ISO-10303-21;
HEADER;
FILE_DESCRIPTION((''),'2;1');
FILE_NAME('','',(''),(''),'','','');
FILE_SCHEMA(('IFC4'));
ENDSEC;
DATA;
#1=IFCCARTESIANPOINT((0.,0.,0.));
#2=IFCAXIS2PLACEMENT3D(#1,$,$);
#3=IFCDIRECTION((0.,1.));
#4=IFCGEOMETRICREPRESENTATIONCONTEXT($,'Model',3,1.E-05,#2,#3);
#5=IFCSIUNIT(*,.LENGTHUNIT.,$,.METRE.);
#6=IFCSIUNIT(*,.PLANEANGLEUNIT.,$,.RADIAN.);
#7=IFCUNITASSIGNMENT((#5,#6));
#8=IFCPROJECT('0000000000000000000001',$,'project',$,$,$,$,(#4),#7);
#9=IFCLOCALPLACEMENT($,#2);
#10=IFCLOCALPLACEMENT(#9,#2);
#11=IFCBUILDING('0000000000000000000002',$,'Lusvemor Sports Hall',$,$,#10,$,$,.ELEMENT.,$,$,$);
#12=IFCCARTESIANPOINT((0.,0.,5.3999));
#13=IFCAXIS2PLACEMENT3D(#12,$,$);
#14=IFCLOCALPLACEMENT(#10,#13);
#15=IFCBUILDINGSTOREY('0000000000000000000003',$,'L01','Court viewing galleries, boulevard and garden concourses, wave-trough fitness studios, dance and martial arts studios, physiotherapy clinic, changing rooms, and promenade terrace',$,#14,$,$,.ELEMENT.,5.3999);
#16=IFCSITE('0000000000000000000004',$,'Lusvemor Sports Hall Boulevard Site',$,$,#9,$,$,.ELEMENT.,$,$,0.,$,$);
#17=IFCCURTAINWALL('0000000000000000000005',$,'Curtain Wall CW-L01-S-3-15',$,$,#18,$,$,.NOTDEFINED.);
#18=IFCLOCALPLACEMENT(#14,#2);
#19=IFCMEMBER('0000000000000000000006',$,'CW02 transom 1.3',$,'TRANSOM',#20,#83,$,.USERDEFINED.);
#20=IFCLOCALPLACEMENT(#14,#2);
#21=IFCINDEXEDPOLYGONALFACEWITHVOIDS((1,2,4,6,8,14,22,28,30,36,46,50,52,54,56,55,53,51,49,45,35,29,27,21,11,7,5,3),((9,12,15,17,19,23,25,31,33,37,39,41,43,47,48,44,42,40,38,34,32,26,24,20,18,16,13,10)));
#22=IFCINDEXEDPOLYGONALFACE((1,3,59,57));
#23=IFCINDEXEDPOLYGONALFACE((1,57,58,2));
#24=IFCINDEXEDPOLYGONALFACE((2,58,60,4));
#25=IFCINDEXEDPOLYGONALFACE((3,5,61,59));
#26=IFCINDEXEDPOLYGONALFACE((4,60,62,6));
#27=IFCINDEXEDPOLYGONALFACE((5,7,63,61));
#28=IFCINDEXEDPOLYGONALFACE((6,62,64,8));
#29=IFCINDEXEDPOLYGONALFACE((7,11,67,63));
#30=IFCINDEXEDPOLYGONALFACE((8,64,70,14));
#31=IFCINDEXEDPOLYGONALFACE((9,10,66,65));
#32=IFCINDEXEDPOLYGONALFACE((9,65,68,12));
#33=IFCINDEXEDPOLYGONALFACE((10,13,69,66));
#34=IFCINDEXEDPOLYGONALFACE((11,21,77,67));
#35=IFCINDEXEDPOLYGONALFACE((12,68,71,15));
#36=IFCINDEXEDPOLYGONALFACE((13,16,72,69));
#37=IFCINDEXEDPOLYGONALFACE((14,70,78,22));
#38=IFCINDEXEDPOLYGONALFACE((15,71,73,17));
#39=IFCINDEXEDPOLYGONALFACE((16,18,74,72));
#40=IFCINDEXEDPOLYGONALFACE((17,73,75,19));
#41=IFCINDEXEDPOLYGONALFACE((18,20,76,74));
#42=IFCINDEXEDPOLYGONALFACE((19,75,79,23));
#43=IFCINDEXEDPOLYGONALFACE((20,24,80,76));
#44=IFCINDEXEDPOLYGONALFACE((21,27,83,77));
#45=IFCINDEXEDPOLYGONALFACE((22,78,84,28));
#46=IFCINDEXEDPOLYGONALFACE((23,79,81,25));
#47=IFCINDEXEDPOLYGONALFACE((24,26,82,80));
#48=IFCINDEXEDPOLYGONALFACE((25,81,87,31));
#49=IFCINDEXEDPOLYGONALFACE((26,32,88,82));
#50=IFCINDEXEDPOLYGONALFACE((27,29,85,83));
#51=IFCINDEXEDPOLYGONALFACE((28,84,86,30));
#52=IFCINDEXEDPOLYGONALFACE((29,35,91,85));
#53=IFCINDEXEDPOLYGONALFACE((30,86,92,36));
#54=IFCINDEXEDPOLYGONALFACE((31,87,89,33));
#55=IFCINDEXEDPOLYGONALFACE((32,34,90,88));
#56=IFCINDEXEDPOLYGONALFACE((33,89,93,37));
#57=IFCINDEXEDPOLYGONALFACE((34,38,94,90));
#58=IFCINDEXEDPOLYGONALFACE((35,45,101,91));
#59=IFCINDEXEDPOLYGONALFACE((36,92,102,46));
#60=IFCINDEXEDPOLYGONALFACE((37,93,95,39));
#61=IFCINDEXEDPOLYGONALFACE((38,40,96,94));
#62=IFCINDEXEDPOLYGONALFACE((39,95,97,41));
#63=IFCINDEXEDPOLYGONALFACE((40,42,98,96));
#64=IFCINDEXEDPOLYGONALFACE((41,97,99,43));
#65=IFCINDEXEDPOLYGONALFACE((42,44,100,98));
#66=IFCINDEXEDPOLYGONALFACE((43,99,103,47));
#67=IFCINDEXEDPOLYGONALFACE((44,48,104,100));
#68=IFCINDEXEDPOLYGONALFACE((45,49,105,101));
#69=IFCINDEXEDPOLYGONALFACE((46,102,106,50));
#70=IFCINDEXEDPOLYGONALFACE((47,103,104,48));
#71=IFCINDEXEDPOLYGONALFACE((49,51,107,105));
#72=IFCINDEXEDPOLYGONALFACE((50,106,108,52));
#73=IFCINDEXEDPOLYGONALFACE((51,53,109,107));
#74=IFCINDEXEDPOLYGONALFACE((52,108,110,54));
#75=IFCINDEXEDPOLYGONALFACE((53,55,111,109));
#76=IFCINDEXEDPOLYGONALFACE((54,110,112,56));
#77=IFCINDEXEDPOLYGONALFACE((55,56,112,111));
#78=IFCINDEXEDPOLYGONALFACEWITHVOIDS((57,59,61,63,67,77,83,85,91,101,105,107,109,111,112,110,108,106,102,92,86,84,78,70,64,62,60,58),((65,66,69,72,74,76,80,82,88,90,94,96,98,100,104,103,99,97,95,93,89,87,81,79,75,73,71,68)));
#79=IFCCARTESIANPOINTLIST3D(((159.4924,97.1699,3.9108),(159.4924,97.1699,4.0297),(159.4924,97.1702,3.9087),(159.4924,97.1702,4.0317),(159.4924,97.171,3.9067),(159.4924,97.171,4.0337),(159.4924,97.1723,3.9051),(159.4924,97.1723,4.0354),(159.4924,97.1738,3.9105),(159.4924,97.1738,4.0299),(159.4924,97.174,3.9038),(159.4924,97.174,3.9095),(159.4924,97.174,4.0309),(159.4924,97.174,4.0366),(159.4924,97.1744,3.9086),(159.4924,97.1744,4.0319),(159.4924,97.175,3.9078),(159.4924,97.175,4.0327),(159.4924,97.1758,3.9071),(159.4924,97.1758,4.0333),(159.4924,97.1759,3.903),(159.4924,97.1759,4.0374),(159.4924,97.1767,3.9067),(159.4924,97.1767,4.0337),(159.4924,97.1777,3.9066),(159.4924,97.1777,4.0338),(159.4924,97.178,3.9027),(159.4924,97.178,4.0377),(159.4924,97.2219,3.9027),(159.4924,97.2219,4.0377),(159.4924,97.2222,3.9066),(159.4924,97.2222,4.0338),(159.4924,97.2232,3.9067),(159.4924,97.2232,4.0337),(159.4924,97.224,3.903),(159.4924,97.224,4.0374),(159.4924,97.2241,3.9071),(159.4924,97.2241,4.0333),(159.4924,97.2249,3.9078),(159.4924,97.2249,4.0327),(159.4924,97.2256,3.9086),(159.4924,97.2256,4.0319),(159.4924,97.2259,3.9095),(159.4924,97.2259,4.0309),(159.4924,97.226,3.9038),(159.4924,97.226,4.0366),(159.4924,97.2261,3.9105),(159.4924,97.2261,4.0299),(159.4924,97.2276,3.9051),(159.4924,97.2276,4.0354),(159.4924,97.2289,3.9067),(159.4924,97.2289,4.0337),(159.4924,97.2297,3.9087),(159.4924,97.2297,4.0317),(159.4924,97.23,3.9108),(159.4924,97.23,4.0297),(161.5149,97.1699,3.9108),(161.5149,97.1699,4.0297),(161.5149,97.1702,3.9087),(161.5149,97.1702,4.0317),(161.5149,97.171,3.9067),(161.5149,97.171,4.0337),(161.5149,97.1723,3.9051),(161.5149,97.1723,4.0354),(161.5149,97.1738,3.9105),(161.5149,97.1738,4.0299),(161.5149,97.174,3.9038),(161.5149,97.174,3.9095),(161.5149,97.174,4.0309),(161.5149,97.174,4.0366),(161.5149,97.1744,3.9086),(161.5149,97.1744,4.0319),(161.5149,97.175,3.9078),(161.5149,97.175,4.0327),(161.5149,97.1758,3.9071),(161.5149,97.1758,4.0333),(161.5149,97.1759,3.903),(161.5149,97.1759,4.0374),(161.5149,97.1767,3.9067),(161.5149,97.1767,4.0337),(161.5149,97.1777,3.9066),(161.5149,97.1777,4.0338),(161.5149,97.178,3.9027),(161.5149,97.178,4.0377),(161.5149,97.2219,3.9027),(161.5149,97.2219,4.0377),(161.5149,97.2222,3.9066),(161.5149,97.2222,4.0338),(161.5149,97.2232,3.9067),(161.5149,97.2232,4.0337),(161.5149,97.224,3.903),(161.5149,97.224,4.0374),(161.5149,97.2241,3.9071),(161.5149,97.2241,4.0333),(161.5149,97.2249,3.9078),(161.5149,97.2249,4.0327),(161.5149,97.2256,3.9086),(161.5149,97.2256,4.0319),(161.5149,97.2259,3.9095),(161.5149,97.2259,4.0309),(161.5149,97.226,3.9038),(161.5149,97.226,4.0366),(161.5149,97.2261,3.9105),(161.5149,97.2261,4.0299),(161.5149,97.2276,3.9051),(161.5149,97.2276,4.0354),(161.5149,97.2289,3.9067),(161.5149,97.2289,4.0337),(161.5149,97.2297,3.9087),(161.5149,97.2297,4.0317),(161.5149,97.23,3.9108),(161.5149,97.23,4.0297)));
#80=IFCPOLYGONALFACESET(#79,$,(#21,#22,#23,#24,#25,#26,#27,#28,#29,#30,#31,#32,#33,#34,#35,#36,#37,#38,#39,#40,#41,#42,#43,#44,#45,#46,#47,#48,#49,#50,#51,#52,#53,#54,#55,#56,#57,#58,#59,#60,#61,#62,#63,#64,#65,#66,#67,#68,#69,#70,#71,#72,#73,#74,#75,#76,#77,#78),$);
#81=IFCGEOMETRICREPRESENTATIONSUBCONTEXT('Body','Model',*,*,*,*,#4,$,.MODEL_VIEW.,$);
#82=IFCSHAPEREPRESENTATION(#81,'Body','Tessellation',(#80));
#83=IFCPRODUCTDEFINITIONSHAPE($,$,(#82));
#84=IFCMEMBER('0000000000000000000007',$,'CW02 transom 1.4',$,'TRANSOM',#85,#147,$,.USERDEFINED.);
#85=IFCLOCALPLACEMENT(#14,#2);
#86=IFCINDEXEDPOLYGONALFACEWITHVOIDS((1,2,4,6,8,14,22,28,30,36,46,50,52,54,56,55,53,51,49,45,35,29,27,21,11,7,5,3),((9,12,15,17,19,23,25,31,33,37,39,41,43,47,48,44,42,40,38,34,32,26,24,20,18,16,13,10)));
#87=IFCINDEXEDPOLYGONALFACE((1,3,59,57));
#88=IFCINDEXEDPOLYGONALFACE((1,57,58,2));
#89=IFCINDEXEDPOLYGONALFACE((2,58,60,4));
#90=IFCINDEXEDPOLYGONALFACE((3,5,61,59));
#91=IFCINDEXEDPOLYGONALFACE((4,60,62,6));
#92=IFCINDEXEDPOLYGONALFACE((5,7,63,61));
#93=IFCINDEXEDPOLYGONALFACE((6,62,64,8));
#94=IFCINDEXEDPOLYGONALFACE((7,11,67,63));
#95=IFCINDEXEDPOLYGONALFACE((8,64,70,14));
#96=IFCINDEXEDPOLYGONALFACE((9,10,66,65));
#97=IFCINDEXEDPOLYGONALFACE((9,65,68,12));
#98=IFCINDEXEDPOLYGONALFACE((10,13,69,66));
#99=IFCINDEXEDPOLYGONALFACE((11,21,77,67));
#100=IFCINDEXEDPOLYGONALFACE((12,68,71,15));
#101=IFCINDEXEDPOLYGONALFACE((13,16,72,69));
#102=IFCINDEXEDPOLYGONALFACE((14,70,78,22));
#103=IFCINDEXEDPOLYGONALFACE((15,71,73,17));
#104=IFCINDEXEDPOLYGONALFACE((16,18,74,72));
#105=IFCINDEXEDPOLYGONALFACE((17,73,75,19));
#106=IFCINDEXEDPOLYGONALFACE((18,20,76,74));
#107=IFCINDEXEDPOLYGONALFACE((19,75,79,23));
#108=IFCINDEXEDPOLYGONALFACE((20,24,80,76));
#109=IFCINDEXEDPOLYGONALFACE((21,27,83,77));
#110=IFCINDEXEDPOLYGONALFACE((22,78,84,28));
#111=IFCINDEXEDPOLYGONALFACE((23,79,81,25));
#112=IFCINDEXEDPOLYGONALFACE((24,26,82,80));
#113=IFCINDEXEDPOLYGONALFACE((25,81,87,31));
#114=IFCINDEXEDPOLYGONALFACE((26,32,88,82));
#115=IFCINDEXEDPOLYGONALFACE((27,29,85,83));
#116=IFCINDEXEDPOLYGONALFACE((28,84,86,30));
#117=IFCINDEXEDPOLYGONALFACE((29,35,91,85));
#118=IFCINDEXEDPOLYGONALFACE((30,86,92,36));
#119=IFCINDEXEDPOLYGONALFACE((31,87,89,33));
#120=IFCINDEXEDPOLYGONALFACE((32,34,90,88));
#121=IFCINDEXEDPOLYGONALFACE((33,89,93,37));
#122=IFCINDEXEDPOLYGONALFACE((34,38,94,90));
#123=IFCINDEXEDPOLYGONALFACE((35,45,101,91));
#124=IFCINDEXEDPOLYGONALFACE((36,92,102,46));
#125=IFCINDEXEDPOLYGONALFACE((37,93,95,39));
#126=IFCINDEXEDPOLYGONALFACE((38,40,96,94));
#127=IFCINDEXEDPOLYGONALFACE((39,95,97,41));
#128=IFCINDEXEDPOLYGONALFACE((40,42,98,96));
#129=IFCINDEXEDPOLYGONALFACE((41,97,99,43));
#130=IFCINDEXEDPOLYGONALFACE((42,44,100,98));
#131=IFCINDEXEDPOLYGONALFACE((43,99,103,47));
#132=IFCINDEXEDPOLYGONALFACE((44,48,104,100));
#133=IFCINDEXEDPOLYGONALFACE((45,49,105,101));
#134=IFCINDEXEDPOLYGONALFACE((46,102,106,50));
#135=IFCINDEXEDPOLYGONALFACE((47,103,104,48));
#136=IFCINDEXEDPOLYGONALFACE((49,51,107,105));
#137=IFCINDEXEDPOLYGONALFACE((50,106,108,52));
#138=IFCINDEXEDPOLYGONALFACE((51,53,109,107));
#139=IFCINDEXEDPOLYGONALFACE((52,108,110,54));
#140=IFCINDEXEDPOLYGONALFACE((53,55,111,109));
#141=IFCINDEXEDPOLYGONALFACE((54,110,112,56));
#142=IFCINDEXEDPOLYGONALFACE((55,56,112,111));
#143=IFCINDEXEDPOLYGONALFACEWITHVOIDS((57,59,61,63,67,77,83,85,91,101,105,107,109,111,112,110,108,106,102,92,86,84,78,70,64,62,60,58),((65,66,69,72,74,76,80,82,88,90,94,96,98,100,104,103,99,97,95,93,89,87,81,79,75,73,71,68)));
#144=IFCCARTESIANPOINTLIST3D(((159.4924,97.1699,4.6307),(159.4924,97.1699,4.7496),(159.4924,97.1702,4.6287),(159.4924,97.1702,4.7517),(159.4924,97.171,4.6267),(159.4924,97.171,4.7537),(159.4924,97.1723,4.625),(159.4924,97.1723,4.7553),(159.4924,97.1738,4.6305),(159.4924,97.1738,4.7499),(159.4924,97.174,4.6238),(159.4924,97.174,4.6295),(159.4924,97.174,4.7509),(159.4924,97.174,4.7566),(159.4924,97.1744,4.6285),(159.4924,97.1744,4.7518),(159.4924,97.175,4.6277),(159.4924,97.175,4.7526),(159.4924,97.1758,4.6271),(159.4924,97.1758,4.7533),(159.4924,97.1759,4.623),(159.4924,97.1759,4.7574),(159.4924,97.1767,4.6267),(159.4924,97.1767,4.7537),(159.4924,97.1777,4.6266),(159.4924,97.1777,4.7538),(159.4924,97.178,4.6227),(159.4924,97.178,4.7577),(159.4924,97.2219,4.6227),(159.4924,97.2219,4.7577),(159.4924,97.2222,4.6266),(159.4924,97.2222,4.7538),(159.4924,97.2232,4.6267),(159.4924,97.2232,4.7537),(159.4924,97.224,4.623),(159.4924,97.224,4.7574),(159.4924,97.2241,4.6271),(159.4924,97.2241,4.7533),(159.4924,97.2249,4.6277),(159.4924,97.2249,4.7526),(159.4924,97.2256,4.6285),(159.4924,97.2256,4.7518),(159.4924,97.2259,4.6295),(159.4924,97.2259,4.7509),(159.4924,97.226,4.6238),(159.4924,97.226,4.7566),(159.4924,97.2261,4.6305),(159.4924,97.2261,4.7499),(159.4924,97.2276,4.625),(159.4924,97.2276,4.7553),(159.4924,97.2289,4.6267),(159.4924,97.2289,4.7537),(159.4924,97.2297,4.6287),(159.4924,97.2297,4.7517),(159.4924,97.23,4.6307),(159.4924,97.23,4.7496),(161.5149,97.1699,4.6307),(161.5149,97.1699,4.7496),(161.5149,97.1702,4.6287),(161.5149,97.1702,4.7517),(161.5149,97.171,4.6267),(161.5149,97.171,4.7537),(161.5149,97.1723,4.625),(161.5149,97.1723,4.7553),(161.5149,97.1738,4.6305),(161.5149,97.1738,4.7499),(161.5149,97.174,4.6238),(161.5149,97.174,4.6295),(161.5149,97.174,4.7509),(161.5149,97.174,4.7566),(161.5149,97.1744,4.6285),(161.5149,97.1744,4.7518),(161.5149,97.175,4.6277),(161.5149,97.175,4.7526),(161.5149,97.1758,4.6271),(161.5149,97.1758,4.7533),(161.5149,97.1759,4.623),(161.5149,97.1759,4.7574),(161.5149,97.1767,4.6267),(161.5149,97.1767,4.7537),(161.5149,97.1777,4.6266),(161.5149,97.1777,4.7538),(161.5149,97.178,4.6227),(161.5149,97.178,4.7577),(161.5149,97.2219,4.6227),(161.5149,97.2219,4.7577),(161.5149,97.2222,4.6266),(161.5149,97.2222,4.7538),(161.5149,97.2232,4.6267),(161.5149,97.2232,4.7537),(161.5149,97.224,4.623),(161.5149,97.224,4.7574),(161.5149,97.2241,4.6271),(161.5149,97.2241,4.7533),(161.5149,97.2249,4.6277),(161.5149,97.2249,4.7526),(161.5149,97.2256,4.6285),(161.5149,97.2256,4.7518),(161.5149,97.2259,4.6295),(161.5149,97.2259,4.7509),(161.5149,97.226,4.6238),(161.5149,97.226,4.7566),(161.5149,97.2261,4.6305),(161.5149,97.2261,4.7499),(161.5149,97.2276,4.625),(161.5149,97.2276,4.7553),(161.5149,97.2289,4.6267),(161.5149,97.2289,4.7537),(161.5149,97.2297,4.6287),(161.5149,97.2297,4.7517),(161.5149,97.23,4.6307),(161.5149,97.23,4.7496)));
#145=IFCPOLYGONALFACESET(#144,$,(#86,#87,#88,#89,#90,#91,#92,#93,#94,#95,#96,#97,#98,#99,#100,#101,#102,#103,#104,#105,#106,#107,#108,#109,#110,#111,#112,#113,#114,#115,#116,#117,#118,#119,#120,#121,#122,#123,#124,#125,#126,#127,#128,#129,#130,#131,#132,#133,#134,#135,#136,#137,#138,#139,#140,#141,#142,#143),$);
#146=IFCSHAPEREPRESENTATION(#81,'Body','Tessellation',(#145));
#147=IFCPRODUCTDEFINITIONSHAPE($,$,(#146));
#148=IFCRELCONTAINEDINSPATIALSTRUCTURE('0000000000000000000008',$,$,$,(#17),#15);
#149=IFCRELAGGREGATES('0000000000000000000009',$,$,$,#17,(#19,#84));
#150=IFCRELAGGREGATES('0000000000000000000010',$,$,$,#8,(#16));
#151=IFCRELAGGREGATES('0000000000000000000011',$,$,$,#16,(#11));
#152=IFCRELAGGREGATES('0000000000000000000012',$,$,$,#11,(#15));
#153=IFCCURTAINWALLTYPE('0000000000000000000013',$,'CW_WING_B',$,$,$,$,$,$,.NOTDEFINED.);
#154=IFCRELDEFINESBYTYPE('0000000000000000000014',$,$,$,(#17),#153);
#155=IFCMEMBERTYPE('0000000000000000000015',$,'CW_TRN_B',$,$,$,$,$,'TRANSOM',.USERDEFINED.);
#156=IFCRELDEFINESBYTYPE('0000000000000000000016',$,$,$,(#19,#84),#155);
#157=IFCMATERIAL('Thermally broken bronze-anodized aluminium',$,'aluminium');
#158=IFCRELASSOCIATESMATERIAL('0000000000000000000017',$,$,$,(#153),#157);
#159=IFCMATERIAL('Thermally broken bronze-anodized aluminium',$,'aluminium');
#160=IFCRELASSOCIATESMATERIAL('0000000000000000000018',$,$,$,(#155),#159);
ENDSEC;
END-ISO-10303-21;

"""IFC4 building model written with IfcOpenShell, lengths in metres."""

from ifc_helpers import new_model, si_unit, direction, frame, origin, origin_2d, place, context, subcontext, project, spatial, hollow_rectangle, extrude, material, material_profile, profile_set, type_object, element, aggregate, save


model = new_model("IFC4")

# Units and contexts
model_context = context("Model", 3, precision=1e-05, world=origin(), true_north=direction((0.0, 1.0)))
body_context = subcontext(model_context, "Body", "Model", "MODEL_VIEW")
ifc_project = project(units=[si_unit("LENGTHUNIT", "METRE"), si_unit("PLANEANGLEUNIT", "RADIAN")], contexts=[model_context])

# Site, building, storey
site_placement = place(None, origin())
site = spatial("IfcSite", under=ifc_project, at=site_placement, Name="Lusvemor Sports Hall Boulevard Site", CompositionType="ELEMENT", RefElevation=0.0)
building_placement = place(site_placement, origin())
building = spatial("IfcBuilding", under=site, at=building_placement, Name="Lusvemor Sports Hall", CompositionType="ELEMENT")
storey_placement = place(building_placement, frame((0.0, 0.0, 5.3999)))
storey = spatial("IfcBuildingStorey", under=building, at=storey_placement, Name="L01", Description="Court viewing galleries, boulevard and garden concourses, wave-trough fitness studios, dance and martial arts studios, physiotherapy clinic, changing rooms, and promenade terrace", CompositionType="ELEMENT", Elevation=5.3999)

# Curtain wall
ifc_material_1 = material(Name="Thermally broken bronze-anodized aluminium", Category="aluminium")
curtain_wall_type = type_object("IfcCurtainWallType", Name="CW_WING_B", PredefinedType="NOTDEFINED", material=ifc_material_1)
curtain_wall_1_placement = place(storey_placement, origin())
curtain_wall_1 = element("IfcCurtainWall", 1, at=curtain_wall_1_placement, inside=storey, type_object=curtain_wall_type, Name="Curtain Wall CW-L01-S-3-15", PredefinedType="NOTDEFINED")

# Members
ifc_material_2 = material(Name="Thermally broken bronze-anodized aluminium", Category="aluminium")
ifc_material_profile_1 = material_profile(ifc_material_2, hollow_rectangle(XDim=0.0601, YDim=0.135, WallThickness=0.0039, InnerFilletRadius=0.0039, OuterFilletRadius=0.0081, at=origin_2d()), Name="CWTRN135x60x4")
ifc_profile_set_1 = profile_set([ifc_material_profile_1], Name="Thermally broken bronze-anodized aluminium")
member_type_1 = type_object("IfcMemberType", Name="CW_TRN_B", ElementType="TRANSOM", PredefinedType="USERDEFINED", material=ifc_profile_set_1)
member_1_placement = place(storey_placement, frame((161.5149, 97.2, 3.9702), z_axis=(-1.0, 0.0, 0.0), x_axis=(0.0, -1.0, 0.0)))
member_1 = element("IfcMember", 2, at=member_1_placement, type_object=member_type_1, Name="CW02 transom 1.3", ObjectType="TRANSOM", PredefinedType="USERDEFINED", context=body_context, shape_type="SweptSolid", body=[
    extrude(hollow_rectangle(XDim=0.0601, YDim=0.135, WallThickness=0.0039, InnerFilletRadius=0.0039, OuterFilletRadius=0.0081, at=origin_2d()), origin(), (0.0, 0.0, 1.0), 2.0225),
])
member_2_placement = place(storey_placement, frame((161.5149, 97.2, 4.6902), z_axis=(-1.0, 0.0, 0.0), x_axis=(0.0, -1.0, 0.0)))
member_2 = element("IfcMember", 3, at=member_2_placement, type_object=member_type_1, Name="CW02 transom 1.4", ObjectType="TRANSOM", PredefinedType="USERDEFINED", context=body_context, shape_type="SweptSolid", body=[
    extrude(hollow_rectangle(XDim=0.0601, YDim=0.135, WallThickness=0.0039, InnerFilletRadius=0.0039, OuterFilletRadius=0.0081, at=origin_2d()), origin(), (0.0, 0.0, 1.0), 2.0225),
])

aggregate(curtain_wall_1, [member_1, member_2])

save(model, "model.ifc")
